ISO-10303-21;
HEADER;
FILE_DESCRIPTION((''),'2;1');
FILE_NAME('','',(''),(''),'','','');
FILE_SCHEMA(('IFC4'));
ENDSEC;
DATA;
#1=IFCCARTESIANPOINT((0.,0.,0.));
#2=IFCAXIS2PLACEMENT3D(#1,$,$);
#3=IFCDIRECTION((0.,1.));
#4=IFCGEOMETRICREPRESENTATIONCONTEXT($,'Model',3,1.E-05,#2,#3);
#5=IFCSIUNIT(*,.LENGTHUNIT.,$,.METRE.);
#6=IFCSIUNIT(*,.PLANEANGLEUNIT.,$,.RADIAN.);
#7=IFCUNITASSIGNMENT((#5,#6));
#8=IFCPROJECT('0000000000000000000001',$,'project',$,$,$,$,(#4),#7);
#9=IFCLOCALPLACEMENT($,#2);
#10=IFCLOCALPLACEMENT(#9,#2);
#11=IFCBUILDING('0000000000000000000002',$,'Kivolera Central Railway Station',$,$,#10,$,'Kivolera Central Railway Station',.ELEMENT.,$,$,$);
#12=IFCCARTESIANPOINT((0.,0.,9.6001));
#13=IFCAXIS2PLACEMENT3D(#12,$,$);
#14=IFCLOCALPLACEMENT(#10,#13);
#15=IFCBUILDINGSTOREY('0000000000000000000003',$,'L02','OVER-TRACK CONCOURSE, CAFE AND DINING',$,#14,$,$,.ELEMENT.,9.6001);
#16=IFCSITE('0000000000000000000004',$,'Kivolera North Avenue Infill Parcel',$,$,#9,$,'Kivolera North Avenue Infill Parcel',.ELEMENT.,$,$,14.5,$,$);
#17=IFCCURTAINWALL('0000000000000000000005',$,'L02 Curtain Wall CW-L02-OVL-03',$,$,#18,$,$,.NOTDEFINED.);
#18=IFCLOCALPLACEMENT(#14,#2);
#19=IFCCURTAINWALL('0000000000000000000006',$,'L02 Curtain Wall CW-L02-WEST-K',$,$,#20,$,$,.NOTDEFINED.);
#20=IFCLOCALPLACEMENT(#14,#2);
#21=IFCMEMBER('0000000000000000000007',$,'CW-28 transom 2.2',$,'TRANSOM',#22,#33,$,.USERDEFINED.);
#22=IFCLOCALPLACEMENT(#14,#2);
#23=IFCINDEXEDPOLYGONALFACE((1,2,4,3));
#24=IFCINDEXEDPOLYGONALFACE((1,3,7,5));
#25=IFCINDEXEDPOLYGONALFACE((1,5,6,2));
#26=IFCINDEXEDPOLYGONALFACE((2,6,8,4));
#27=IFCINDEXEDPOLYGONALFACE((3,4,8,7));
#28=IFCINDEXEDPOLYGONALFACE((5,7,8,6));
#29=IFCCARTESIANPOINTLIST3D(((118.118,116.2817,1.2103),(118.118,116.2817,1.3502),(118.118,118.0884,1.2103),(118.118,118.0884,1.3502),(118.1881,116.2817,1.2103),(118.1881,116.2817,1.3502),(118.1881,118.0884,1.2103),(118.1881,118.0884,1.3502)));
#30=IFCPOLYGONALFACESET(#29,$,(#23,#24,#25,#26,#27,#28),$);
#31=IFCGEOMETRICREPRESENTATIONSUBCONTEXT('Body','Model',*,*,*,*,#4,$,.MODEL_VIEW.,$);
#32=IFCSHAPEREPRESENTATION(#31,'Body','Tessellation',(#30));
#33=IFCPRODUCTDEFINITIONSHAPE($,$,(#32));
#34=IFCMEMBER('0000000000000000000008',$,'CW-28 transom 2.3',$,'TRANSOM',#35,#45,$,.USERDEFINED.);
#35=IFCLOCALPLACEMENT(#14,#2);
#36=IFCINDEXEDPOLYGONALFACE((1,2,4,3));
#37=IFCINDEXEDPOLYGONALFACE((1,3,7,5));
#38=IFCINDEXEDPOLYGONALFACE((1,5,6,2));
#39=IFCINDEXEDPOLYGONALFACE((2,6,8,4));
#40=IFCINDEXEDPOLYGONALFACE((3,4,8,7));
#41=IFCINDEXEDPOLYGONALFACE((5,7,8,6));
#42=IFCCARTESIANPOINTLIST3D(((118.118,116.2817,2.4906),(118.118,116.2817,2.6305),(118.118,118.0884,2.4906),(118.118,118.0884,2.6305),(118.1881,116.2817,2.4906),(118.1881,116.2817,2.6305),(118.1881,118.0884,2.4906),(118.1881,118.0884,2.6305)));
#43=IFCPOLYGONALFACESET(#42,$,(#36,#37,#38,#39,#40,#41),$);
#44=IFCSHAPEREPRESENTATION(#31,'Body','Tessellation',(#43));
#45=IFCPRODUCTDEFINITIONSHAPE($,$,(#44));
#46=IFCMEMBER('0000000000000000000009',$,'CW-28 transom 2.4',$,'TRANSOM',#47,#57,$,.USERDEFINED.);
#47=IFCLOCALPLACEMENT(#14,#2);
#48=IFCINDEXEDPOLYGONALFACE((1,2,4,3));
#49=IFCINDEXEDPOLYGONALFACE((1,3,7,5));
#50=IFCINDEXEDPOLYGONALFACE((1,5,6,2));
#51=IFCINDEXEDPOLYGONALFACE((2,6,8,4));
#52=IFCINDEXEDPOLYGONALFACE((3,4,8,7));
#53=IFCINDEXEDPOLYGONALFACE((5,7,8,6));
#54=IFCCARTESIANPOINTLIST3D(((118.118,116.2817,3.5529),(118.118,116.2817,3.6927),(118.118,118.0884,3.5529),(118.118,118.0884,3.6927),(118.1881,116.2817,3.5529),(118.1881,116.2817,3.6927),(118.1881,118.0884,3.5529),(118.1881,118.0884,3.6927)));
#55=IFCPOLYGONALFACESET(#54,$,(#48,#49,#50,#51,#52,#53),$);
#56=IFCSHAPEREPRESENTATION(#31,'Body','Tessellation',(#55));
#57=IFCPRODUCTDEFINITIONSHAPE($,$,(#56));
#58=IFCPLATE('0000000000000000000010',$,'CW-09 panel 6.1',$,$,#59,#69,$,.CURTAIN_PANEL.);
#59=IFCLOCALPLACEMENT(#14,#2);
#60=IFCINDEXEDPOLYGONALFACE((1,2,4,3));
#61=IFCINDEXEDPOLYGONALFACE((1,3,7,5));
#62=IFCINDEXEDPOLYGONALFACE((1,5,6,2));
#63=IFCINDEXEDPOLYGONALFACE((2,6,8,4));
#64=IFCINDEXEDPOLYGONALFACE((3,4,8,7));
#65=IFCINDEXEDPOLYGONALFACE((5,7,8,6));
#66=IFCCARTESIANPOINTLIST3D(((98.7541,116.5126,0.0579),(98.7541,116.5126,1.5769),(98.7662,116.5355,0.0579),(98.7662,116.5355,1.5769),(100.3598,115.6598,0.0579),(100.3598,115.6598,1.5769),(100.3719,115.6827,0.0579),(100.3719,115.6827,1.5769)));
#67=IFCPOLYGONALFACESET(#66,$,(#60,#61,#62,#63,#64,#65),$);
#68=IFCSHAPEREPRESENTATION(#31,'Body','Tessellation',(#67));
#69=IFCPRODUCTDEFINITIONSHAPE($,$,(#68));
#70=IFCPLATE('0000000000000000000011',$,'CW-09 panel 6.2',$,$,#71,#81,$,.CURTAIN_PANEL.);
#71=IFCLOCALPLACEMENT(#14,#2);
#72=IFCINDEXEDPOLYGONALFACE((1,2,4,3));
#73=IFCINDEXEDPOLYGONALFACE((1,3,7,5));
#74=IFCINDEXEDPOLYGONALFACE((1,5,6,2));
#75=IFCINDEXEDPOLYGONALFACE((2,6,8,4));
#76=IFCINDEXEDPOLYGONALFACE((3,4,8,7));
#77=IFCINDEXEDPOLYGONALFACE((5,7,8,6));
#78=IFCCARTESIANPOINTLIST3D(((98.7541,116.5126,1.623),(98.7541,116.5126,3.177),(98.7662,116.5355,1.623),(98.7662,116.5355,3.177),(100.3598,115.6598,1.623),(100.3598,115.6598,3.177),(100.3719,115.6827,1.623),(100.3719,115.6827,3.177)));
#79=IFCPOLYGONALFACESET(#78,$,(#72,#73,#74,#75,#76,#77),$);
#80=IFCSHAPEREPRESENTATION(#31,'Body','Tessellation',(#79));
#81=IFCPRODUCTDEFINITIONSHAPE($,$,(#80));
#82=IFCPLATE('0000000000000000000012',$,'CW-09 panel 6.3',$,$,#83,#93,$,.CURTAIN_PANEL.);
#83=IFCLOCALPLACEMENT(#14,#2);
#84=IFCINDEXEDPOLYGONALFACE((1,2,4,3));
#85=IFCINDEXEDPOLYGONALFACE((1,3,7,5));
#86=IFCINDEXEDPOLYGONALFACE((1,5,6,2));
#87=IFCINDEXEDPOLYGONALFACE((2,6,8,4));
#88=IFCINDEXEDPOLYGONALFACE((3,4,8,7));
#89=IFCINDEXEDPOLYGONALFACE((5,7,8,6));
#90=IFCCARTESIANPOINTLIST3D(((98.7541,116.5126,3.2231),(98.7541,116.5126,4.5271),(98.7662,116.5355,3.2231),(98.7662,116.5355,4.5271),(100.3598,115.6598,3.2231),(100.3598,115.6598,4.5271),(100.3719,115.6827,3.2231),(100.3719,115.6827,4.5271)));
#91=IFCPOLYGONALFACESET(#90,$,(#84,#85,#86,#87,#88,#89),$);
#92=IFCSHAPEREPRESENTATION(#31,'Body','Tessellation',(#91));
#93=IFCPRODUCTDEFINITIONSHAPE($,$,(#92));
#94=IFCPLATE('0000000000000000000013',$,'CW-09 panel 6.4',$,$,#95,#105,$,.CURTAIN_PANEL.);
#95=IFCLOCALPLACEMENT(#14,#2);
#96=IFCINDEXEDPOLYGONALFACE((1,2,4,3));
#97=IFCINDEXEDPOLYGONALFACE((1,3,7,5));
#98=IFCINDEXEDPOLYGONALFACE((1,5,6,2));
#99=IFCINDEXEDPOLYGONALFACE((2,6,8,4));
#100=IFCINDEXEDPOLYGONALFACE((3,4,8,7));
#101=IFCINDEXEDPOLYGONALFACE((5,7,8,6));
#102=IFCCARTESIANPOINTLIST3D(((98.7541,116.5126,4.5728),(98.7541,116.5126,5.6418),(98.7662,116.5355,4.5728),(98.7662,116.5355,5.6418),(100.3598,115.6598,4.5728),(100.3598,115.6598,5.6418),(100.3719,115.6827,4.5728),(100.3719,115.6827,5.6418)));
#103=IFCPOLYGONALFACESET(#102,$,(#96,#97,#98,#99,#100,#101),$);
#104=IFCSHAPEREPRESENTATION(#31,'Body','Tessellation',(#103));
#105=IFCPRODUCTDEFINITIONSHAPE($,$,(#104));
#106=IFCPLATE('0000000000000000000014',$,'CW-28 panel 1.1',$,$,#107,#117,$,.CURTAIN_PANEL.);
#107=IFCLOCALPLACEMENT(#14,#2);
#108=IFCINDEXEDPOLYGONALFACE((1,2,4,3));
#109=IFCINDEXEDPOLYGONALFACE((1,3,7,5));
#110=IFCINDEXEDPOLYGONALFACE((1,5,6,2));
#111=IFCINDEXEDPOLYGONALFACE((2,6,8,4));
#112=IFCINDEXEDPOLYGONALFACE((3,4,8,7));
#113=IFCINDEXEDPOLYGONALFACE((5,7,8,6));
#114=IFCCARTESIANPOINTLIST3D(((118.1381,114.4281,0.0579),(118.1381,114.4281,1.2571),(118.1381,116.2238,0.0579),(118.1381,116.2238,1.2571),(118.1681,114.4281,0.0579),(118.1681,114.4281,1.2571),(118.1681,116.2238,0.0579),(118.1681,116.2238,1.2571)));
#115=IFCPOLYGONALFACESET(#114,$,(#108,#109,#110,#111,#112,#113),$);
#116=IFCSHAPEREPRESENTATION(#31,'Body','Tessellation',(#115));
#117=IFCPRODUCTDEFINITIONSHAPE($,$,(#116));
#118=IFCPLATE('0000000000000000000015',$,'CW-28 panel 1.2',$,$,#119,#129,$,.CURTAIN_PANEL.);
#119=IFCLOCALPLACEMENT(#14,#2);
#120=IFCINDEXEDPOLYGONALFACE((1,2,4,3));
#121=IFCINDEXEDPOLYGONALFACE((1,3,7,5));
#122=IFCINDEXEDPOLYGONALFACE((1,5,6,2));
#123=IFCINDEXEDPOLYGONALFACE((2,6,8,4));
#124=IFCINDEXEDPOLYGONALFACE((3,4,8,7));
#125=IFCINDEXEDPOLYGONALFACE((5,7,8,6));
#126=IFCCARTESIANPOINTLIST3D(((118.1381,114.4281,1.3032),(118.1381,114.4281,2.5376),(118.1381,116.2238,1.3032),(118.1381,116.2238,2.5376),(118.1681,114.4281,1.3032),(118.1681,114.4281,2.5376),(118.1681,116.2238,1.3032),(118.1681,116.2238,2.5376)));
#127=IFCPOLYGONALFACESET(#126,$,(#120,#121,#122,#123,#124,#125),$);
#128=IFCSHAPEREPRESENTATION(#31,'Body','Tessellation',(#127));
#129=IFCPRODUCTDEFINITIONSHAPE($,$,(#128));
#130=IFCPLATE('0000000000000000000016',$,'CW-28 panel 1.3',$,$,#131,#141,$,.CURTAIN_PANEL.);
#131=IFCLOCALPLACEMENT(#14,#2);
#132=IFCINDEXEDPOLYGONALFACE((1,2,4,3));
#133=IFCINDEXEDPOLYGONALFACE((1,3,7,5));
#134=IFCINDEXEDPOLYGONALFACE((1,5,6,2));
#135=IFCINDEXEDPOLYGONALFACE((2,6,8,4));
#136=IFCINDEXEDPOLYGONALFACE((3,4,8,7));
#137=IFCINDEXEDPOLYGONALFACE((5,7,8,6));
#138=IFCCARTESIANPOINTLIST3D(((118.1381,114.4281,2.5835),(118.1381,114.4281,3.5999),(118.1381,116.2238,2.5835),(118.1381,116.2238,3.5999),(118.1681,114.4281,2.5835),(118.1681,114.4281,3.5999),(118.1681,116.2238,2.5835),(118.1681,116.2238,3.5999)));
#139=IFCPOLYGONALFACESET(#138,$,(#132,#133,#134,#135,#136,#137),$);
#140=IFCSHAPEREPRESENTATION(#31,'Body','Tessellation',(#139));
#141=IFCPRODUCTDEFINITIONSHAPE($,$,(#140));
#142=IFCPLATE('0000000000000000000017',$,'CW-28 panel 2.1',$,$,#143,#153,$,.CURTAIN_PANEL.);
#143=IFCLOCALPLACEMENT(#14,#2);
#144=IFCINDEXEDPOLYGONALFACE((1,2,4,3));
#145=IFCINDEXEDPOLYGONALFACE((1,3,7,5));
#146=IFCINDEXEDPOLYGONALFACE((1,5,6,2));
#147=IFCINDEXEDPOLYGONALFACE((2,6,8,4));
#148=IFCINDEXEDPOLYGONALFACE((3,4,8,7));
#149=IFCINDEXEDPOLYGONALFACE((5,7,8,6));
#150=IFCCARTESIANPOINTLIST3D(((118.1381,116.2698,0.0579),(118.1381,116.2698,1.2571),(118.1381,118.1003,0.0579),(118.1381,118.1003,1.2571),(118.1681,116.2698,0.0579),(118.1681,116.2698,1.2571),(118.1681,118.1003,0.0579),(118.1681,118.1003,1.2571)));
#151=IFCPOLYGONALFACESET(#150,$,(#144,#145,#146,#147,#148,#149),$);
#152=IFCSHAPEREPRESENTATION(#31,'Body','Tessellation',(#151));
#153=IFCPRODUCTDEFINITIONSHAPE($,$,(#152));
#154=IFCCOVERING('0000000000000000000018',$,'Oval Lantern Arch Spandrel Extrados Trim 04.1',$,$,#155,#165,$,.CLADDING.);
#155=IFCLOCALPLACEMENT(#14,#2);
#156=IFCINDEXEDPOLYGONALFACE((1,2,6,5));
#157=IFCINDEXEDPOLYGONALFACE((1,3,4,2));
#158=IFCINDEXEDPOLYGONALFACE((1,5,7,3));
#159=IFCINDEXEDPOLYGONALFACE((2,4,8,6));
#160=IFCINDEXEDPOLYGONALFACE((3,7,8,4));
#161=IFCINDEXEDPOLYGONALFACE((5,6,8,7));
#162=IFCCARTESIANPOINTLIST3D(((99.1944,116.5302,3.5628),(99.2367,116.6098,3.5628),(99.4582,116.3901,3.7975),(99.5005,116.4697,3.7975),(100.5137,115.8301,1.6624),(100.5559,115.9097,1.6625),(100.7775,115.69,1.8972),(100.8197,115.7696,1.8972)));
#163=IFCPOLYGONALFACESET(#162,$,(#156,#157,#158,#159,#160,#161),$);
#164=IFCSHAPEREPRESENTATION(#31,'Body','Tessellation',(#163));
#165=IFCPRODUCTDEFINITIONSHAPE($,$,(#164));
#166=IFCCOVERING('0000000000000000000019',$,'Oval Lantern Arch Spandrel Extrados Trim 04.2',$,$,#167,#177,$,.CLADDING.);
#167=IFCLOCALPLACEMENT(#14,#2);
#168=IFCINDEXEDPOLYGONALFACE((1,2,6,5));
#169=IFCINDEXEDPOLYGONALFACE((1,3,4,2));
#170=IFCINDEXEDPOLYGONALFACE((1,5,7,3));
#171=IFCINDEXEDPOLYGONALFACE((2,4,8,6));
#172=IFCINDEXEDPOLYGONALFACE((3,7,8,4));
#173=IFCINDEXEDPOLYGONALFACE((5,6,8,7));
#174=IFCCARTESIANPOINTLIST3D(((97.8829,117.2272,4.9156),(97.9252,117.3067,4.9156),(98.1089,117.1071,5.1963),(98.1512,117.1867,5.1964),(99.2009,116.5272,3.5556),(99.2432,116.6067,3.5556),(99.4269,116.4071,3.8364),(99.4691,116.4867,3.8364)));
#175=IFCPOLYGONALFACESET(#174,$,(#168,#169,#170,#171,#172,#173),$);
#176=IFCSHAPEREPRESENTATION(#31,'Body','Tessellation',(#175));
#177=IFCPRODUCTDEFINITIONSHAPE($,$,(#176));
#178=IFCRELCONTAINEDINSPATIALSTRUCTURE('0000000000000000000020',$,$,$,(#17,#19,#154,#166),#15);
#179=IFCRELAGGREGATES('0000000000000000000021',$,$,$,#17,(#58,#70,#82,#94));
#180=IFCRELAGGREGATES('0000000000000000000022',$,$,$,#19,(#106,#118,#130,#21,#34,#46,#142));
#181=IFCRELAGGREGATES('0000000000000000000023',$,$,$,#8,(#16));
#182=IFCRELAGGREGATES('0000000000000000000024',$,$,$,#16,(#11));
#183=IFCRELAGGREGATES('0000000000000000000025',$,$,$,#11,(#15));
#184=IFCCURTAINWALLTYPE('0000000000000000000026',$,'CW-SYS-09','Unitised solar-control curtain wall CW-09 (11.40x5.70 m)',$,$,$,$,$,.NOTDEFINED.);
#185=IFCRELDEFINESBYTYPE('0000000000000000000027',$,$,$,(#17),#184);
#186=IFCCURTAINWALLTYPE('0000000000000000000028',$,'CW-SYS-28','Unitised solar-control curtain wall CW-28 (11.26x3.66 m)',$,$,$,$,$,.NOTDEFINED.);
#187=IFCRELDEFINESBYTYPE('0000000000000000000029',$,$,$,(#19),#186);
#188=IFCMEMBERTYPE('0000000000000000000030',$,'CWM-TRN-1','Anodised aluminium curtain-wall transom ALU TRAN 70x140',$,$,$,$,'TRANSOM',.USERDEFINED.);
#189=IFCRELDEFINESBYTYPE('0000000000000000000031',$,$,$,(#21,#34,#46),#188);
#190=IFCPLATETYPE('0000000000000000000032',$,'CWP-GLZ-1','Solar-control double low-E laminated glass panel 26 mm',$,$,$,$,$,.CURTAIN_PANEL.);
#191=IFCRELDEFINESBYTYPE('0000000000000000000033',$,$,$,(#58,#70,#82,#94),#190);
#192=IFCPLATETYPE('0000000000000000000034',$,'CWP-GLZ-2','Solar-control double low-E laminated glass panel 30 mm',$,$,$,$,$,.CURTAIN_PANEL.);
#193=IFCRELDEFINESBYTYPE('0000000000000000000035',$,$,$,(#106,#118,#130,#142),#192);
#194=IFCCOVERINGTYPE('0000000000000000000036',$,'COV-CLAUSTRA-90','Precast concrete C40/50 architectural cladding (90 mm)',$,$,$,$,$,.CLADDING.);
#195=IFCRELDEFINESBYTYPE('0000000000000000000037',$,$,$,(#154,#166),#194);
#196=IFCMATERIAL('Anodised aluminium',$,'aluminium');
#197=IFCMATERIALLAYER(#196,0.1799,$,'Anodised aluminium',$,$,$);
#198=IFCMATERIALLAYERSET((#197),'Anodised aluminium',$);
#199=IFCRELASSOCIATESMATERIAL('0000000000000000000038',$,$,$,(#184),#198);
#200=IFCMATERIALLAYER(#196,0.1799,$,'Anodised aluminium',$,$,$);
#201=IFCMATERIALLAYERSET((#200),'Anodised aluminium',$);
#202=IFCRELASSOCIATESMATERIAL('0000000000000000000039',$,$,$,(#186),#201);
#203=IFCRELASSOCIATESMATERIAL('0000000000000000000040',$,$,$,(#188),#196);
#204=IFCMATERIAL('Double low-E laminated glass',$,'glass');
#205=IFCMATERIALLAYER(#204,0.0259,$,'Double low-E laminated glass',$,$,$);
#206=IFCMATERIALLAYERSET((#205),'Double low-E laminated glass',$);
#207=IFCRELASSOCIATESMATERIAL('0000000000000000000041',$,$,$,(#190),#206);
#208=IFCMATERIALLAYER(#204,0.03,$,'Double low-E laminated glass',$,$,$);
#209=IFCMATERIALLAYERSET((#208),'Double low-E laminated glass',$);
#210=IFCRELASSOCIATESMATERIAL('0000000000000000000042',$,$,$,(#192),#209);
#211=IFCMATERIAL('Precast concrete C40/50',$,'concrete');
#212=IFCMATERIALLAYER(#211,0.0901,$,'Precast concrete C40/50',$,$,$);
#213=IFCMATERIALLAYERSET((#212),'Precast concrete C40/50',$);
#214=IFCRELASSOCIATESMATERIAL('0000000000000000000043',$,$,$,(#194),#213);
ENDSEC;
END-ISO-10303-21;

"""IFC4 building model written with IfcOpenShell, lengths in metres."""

from ifc_helpers import new_model, si_unit, direction, frame, origin, origin_2d, place, context, subcontext, project, spatial, rectangle, extrude, material, layer, layer_set, material_profile, profile_set, type_object, element, aggregate, save


model = new_model("IFC4")

# Units and contexts
model_context = context("Model", 3, precision=1e-05, world=origin(), true_north=direction((0.0, 1.0)))
body_context = subcontext(model_context, "Body", "Model", "MODEL_VIEW")
ifc_project = project(units=[si_unit("LENGTHUNIT", "METRE"), si_unit("PLANEANGLEUNIT", "RADIAN")], contexts=[model_context])

# Site, building, storey
site_placement = place(None, origin())
site = spatial("IfcSite", under=ifc_project, at=site_placement, Name="Kivolera North Avenue Infill Parcel", LongName="Kivolera North Avenue Infill Parcel", CompositionType="ELEMENT", RefElevation=14.5)
building_placement = place(site_placement, origin())
building = spatial("IfcBuilding", under=site, at=building_placement, Name="Kivolera Central Railway Station", LongName="Kivolera Central Railway Station", CompositionType="ELEMENT")
storey_placement = place(building_placement, frame((0.0, 0.0, 9.6001)))
storey = spatial("IfcBuildingStorey", under=building, at=storey_placement, Name="L02", Description="OVER-TRACK CONCOURSE, CAFE AND DINING", CompositionType="ELEMENT", Elevation=9.6001)

# Shared definitions
ifc_material_1 = material(Name="Anodised aluminium", Category="aluminium")

# Curtain wall
ifc_layer_1 = layer(ifc_material_1, 0.1799, Name="Anodised aluminium")
ifc_layer_set_1 = layer_set([ifc_layer_1], Name="Anodised aluminium")
curtain_wall_type_1 = type_object("IfcCurtainWallType", Name="CW-SYS-09", Description="Unitised solar-control curtain wall CW-09 (11.40x5.70 m)", PredefinedType="NOTDEFINED", material=ifc_layer_set_1)
curtain_wall_1_placement = place(storey_placement, origin())
curtain_wall_1 = element("IfcCurtainWall", 1, at=curtain_wall_1_placement, inside=storey, type_object=curtain_wall_type_1, Name="L02 Curtain Wall CW-L02-OVL-03", PredefinedType="NOTDEFINED")

# Curtain wall
ifc_layer_2 = layer(ifc_material_1, 0.1799, Name="Anodised aluminium")
ifc_layer_set_2 = layer_set([ifc_layer_2], Name="Anodised aluminium")
curtain_wall_type_2 = type_object("IfcCurtainWallType", Name="CW-SYS-28", Description="Unitised solar-control curtain wall CW-28 (11.26x3.66 m)", PredefinedType="NOTDEFINED", material=ifc_layer_set_2)
curtain_wall_2_placement = place(storey_placement, origin())
curtain_wall_2 = element("IfcCurtainWall", 2, at=curtain_wall_2_placement, inside=storey, type_object=curtain_wall_type_2, Name="L02 Curtain Wall CW-L02-WEST-K", PredefinedType="NOTDEFINED")

# Members
ifc_material_profile_1 = material_profile(ifc_material_1, rectangle(XDim=0.0701, YDim=0.1399, at=origin_2d()), Name="ALU TRAN 70x140")
ifc_profile_set_1 = profile_set([ifc_material_profile_1], Name="Anodised aluminium")
member_type_1 = type_object("IfcMemberType", Name="CWM-TRN-1", Description="Anodised aluminium curtain-wall transom ALU TRAN 70x140", ElementType="TRANSOM", PredefinedType="USERDEFINED", material=ifc_profile_set_1)
member_1_placement = place(storey_placement, frame((118.1531, 116.2817, 1.2803), z_axis=(0.0, 1.0, 0.0), x_axis=(-1.0, 0.0, 0.0)))
member_1 = element("IfcMember", 3, at=member_1_placement, type_object=member_type_1, Name="CW-28 transom 2.2", ObjectType="TRANSOM", PredefinedType="USERDEFINED", context=body_context, shape_type="SweptSolid", body=[
    extrude(rectangle(XDim=0.0701, YDim=0.1399, at=origin_2d()), origin(), (0.0, 0.0, 1.0), 1.8066),
])
member_2_placement = place(storey_placement, frame((118.1531, 116.2817, 2.5605), z_axis=(0.0, 1.0, 0.0), x_axis=(-1.0, 0.0, 0.0)))
member_2 = element("IfcMember", 4, at=member_2_placement, type_object=member_type_1, Name="CW-28 transom 2.3", ObjectType="TRANSOM", PredefinedType="USERDEFINED", context=body_context, shape_type="SweptSolid", body=[
    extrude(rectangle(XDim=0.0701, YDim=0.1399, at=origin_2d()), origin(), (0.0, 0.0, 1.0), 1.8066),
])
member_3_placement = place(storey_placement, frame((118.1531, 116.2817, 3.6228), z_axis=(0.0, 1.0, 0.0), x_axis=(-1.0, 0.0, 0.0)))
member_3 = element("IfcMember", 5, at=member_3_placement, type_object=member_type_1, Name="CW-28 transom 2.4", ObjectType="TRANSOM", PredefinedType="USERDEFINED", context=body_context, shape_type="SweptSolid", body=[
    extrude(rectangle(XDim=0.0701, YDim=0.1399, at=origin_2d()), origin(), (0.0, 0.0, 1.0), 1.8066),
])

# Plates
ifc_material_2 = material(Name="Double low-E laminated glass", Category="glass")
ifc_layer_3 = layer(ifc_material_2, 0.0259, Name="Double low-E laminated glass")
ifc_layer_set_3 = layer_set([ifc_layer_3], Name="Double low-E laminated glass")
plate_type_1 = type_object("IfcPlateType", Name="CWP-GLZ-1", Description="Solar-control double low-E laminated glass panel 26 mm", PredefinedType="CURTAIN_PANEL", material=ifc_layer_set_3)
plate_1_placement = place(storey_placement, frame((99.563, 116.0977, 0.0579), z_axis=(0.0, 0.0, 1.0), x_axis=(0.88317, -0.469053, 0.0)))
plate_1 = element("IfcPlate", 6, at=plate_1_placement, type_object=plate_type_1, Name="CW-09 panel 6.1", PredefinedType="CURTAIN_PANEL", context=body_context, shape_type="SweptSolid", body=[
    extrude(rectangle(XDim=1.8181, YDim=0.0259, at=origin_2d()), origin(), (0.0, 0.0, 1.0), 1.519),
])
plate_2_placement = place(storey_placement, frame((99.563, 116.0977, 1.623), z_axis=(0.0, 0.0, 1.0), x_axis=(0.88317, -0.469053, 0.0)))
plate_2 = element("IfcPlate", 7, at=plate_2_placement, type_object=plate_type_1, Name="CW-09 panel 6.2", PredefinedType="CURTAIN_PANEL", context=body_context, shape_type="SweptSolid", body=[
    extrude(rectangle(XDim=1.8181, YDim=0.0259, at=origin_2d()), origin(), (0.0, 0.0, 1.0), 1.554),
])
plate_3_placement = place(storey_placement, frame((99.563, 116.0977, 3.2231), z_axis=(0.0, 0.0, 1.0), x_axis=(0.88317, -0.469053, 0.0)))
plate_3 = element("IfcPlate", 8, at=plate_3_placement, type_object=plate_type_1, Name="CW-09 panel 6.3", PredefinedType="CURTAIN_PANEL", context=body_context, shape_type="SweptSolid", body=[
    extrude(rectangle(XDim=1.8181, YDim=0.0259, at=origin_2d()), origin(), (0.0, 0.0, 1.0), 1.304),
])
plate_4_placement = place(storey_placement, frame((99.563, 116.0977, 4.5728), z_axis=(0.0, 0.0, 1.0), x_axis=(0.88317, -0.469053, 0.0)))
plate_4 = element("IfcPlate", 9, at=plate_4_placement, type_object=plate_type_1, Name="CW-09 panel 6.4", PredefinedType="CURTAIN_PANEL", context=body_context, shape_type="SweptSolid", body=[
    extrude(rectangle(XDim=1.8181, YDim=0.0259, at=origin_2d()), origin(), (0.0, 0.0, 1.0), 1.0691),
])
aggregate(curtain_wall_1, [plate_1, plate_2, plate_3, plate_4])
ifc_layer_4 = layer(ifc_material_2, 0.03, Name="Double low-E laminated glass")
ifc_layer_set_4 = layer_set([ifc_layer_4], Name="Double low-E laminated glass")
plate_type_2 = type_object("IfcPlateType", Name="CWP-GLZ-2", Description="Solar-control double low-E laminated glass panel 30 mm", PredefinedType="CURTAIN_PANEL", material=ifc_layer_set_4)
plate_5_placement = place(storey_placement, frame((118.1531, 115.3259, 0.0579), z_axis=(0.0, 0.0, 1.0), x_axis=(0.0, 1.0, 0.0)))
plate_5 = element("IfcPlate", 10, at=plate_5_placement, type_object=plate_type_2, Name="CW-28 panel 1.1", PredefinedType="CURTAIN_PANEL", context=body_context, shape_type="SweptSolid", body=[
    extrude(rectangle(XDim=1.7957, YDim=0.03, at=origin_2d()), origin(), (0.0, 0.0, 1.0), 1.1992),
])
plate_6_placement = place(storey_placement, frame((118.1531, 115.3259, 1.3032), z_axis=(0.0, 0.0, 1.0), x_axis=(0.0, 1.0, 0.0)))
plate_6 = element("IfcPlate", 11, at=plate_6_placement, type_object=plate_type_2, Name="CW-28 panel 1.2", PredefinedType="CURTAIN_PANEL", context=body_context, shape_type="SweptSolid", body=[
    extrude(rectangle(XDim=1.7957, YDim=0.03, at=origin_2d()), origin(), (0.0, 0.0, 1.0), 1.2344),
])
plate_7_placement = place(storey_placement, frame((118.1531, 115.3259, 2.5835), z_axis=(0.0, 0.0, 1.0), x_axis=(0.0, 1.0, 0.0)))
plate_7 = element("IfcPlate", 12, at=plate_7_placement, type_object=plate_type_2, Name="CW-28 panel 1.3", PredefinedType="CURTAIN_PANEL", context=body_context, shape_type="SweptSolid", body=[
    extrude(rectangle(XDim=1.7957, YDim=0.03, at=origin_2d()), origin(), (0.0, 0.0, 1.0), 1.0164),
])
plate_8_placement = place(storey_placement, frame((118.1531, 117.1851, 0.0579), z_axis=(0.0, 0.0, 1.0), x_axis=(0.0, 1.0, 0.0)))
plate_8 = element("IfcPlate", 13, at=plate_8_placement, type_object=plate_type_2, Name="CW-28 panel 2.1", PredefinedType="CURTAIN_PANEL", context=body_context, shape_type="SweptSolid", body=[
    extrude(rectangle(XDim=1.8306, YDim=0.03, at=origin_2d()), origin(), (0.0, 0.0, 1.0), 1.1992),
])
aggregate(curtain_wall_2, [plate_5, plate_6, plate_7, member_1, member_2, member_3, plate_8])

# Coverings
ifc_material_3 = material(Name="Precast concrete C40/50", Category="concrete")
ifc_layer_5 = layer(ifc_material_3, 0.0901, Name="Precast concrete C40/50")
ifc_layer_set_5 = layer_set([ifc_layer_5], Name="Precast concrete C40/50")
covering_type = type_object("IfcCoveringType", Name="COV-CLAUSTRA-90", Description="Precast concrete C40/50 architectural cladding (90 mm)", PredefinedType="CLADDING", material=ifc_layer_set_5)
covering_1_placement = place(storey_placement, frame((100.0071, 116.1499, 2.73), z_axis=(-0.545817, 0.289668, 0.786242), x_axis=(0.469119, 0.883135, 0.0)))
element("IfcCovering", 14, at=covering_1_placement, inside=storey, type_object=covering_type, Name="Oval Lantern Arch Spandrel Extrados Trim 04.1", PredefinedType="CLADDING", context=body_context, shape_type="SweptSolid", body=[
    extrude(rectangle(XDim=0.0901, YDim=0.3799, at=origin_2d()), frame((0.0, 0.0, -1.2085)), (0.0, 0.0, 1.0), 2.417),
])
covering_2_placement = place(storey_placement, frame((98.676, 116.8569, 4.376), z_axis=(-0.652769, 0.346691, 0.673571), x_axis=(0.469119, 0.883135, 0.0)))
element("IfcCovering", 15, at=covering_2_placement, inside=storey, type_object=covering_type, Name="Oval Lantern Arch Spandrel Extrados Trim 04.2", PredefinedType="CLADDING", context=body_context, shape_type="SweptSolid", body=[
    extrude(rectangle(XDim=0.0901, YDim=0.3799, at=origin_2d()), frame((0.0, 0.0, -1.0095)), (0.0, 0.0, 1.0), 2.019),
])

save(model, "model.ifc")
